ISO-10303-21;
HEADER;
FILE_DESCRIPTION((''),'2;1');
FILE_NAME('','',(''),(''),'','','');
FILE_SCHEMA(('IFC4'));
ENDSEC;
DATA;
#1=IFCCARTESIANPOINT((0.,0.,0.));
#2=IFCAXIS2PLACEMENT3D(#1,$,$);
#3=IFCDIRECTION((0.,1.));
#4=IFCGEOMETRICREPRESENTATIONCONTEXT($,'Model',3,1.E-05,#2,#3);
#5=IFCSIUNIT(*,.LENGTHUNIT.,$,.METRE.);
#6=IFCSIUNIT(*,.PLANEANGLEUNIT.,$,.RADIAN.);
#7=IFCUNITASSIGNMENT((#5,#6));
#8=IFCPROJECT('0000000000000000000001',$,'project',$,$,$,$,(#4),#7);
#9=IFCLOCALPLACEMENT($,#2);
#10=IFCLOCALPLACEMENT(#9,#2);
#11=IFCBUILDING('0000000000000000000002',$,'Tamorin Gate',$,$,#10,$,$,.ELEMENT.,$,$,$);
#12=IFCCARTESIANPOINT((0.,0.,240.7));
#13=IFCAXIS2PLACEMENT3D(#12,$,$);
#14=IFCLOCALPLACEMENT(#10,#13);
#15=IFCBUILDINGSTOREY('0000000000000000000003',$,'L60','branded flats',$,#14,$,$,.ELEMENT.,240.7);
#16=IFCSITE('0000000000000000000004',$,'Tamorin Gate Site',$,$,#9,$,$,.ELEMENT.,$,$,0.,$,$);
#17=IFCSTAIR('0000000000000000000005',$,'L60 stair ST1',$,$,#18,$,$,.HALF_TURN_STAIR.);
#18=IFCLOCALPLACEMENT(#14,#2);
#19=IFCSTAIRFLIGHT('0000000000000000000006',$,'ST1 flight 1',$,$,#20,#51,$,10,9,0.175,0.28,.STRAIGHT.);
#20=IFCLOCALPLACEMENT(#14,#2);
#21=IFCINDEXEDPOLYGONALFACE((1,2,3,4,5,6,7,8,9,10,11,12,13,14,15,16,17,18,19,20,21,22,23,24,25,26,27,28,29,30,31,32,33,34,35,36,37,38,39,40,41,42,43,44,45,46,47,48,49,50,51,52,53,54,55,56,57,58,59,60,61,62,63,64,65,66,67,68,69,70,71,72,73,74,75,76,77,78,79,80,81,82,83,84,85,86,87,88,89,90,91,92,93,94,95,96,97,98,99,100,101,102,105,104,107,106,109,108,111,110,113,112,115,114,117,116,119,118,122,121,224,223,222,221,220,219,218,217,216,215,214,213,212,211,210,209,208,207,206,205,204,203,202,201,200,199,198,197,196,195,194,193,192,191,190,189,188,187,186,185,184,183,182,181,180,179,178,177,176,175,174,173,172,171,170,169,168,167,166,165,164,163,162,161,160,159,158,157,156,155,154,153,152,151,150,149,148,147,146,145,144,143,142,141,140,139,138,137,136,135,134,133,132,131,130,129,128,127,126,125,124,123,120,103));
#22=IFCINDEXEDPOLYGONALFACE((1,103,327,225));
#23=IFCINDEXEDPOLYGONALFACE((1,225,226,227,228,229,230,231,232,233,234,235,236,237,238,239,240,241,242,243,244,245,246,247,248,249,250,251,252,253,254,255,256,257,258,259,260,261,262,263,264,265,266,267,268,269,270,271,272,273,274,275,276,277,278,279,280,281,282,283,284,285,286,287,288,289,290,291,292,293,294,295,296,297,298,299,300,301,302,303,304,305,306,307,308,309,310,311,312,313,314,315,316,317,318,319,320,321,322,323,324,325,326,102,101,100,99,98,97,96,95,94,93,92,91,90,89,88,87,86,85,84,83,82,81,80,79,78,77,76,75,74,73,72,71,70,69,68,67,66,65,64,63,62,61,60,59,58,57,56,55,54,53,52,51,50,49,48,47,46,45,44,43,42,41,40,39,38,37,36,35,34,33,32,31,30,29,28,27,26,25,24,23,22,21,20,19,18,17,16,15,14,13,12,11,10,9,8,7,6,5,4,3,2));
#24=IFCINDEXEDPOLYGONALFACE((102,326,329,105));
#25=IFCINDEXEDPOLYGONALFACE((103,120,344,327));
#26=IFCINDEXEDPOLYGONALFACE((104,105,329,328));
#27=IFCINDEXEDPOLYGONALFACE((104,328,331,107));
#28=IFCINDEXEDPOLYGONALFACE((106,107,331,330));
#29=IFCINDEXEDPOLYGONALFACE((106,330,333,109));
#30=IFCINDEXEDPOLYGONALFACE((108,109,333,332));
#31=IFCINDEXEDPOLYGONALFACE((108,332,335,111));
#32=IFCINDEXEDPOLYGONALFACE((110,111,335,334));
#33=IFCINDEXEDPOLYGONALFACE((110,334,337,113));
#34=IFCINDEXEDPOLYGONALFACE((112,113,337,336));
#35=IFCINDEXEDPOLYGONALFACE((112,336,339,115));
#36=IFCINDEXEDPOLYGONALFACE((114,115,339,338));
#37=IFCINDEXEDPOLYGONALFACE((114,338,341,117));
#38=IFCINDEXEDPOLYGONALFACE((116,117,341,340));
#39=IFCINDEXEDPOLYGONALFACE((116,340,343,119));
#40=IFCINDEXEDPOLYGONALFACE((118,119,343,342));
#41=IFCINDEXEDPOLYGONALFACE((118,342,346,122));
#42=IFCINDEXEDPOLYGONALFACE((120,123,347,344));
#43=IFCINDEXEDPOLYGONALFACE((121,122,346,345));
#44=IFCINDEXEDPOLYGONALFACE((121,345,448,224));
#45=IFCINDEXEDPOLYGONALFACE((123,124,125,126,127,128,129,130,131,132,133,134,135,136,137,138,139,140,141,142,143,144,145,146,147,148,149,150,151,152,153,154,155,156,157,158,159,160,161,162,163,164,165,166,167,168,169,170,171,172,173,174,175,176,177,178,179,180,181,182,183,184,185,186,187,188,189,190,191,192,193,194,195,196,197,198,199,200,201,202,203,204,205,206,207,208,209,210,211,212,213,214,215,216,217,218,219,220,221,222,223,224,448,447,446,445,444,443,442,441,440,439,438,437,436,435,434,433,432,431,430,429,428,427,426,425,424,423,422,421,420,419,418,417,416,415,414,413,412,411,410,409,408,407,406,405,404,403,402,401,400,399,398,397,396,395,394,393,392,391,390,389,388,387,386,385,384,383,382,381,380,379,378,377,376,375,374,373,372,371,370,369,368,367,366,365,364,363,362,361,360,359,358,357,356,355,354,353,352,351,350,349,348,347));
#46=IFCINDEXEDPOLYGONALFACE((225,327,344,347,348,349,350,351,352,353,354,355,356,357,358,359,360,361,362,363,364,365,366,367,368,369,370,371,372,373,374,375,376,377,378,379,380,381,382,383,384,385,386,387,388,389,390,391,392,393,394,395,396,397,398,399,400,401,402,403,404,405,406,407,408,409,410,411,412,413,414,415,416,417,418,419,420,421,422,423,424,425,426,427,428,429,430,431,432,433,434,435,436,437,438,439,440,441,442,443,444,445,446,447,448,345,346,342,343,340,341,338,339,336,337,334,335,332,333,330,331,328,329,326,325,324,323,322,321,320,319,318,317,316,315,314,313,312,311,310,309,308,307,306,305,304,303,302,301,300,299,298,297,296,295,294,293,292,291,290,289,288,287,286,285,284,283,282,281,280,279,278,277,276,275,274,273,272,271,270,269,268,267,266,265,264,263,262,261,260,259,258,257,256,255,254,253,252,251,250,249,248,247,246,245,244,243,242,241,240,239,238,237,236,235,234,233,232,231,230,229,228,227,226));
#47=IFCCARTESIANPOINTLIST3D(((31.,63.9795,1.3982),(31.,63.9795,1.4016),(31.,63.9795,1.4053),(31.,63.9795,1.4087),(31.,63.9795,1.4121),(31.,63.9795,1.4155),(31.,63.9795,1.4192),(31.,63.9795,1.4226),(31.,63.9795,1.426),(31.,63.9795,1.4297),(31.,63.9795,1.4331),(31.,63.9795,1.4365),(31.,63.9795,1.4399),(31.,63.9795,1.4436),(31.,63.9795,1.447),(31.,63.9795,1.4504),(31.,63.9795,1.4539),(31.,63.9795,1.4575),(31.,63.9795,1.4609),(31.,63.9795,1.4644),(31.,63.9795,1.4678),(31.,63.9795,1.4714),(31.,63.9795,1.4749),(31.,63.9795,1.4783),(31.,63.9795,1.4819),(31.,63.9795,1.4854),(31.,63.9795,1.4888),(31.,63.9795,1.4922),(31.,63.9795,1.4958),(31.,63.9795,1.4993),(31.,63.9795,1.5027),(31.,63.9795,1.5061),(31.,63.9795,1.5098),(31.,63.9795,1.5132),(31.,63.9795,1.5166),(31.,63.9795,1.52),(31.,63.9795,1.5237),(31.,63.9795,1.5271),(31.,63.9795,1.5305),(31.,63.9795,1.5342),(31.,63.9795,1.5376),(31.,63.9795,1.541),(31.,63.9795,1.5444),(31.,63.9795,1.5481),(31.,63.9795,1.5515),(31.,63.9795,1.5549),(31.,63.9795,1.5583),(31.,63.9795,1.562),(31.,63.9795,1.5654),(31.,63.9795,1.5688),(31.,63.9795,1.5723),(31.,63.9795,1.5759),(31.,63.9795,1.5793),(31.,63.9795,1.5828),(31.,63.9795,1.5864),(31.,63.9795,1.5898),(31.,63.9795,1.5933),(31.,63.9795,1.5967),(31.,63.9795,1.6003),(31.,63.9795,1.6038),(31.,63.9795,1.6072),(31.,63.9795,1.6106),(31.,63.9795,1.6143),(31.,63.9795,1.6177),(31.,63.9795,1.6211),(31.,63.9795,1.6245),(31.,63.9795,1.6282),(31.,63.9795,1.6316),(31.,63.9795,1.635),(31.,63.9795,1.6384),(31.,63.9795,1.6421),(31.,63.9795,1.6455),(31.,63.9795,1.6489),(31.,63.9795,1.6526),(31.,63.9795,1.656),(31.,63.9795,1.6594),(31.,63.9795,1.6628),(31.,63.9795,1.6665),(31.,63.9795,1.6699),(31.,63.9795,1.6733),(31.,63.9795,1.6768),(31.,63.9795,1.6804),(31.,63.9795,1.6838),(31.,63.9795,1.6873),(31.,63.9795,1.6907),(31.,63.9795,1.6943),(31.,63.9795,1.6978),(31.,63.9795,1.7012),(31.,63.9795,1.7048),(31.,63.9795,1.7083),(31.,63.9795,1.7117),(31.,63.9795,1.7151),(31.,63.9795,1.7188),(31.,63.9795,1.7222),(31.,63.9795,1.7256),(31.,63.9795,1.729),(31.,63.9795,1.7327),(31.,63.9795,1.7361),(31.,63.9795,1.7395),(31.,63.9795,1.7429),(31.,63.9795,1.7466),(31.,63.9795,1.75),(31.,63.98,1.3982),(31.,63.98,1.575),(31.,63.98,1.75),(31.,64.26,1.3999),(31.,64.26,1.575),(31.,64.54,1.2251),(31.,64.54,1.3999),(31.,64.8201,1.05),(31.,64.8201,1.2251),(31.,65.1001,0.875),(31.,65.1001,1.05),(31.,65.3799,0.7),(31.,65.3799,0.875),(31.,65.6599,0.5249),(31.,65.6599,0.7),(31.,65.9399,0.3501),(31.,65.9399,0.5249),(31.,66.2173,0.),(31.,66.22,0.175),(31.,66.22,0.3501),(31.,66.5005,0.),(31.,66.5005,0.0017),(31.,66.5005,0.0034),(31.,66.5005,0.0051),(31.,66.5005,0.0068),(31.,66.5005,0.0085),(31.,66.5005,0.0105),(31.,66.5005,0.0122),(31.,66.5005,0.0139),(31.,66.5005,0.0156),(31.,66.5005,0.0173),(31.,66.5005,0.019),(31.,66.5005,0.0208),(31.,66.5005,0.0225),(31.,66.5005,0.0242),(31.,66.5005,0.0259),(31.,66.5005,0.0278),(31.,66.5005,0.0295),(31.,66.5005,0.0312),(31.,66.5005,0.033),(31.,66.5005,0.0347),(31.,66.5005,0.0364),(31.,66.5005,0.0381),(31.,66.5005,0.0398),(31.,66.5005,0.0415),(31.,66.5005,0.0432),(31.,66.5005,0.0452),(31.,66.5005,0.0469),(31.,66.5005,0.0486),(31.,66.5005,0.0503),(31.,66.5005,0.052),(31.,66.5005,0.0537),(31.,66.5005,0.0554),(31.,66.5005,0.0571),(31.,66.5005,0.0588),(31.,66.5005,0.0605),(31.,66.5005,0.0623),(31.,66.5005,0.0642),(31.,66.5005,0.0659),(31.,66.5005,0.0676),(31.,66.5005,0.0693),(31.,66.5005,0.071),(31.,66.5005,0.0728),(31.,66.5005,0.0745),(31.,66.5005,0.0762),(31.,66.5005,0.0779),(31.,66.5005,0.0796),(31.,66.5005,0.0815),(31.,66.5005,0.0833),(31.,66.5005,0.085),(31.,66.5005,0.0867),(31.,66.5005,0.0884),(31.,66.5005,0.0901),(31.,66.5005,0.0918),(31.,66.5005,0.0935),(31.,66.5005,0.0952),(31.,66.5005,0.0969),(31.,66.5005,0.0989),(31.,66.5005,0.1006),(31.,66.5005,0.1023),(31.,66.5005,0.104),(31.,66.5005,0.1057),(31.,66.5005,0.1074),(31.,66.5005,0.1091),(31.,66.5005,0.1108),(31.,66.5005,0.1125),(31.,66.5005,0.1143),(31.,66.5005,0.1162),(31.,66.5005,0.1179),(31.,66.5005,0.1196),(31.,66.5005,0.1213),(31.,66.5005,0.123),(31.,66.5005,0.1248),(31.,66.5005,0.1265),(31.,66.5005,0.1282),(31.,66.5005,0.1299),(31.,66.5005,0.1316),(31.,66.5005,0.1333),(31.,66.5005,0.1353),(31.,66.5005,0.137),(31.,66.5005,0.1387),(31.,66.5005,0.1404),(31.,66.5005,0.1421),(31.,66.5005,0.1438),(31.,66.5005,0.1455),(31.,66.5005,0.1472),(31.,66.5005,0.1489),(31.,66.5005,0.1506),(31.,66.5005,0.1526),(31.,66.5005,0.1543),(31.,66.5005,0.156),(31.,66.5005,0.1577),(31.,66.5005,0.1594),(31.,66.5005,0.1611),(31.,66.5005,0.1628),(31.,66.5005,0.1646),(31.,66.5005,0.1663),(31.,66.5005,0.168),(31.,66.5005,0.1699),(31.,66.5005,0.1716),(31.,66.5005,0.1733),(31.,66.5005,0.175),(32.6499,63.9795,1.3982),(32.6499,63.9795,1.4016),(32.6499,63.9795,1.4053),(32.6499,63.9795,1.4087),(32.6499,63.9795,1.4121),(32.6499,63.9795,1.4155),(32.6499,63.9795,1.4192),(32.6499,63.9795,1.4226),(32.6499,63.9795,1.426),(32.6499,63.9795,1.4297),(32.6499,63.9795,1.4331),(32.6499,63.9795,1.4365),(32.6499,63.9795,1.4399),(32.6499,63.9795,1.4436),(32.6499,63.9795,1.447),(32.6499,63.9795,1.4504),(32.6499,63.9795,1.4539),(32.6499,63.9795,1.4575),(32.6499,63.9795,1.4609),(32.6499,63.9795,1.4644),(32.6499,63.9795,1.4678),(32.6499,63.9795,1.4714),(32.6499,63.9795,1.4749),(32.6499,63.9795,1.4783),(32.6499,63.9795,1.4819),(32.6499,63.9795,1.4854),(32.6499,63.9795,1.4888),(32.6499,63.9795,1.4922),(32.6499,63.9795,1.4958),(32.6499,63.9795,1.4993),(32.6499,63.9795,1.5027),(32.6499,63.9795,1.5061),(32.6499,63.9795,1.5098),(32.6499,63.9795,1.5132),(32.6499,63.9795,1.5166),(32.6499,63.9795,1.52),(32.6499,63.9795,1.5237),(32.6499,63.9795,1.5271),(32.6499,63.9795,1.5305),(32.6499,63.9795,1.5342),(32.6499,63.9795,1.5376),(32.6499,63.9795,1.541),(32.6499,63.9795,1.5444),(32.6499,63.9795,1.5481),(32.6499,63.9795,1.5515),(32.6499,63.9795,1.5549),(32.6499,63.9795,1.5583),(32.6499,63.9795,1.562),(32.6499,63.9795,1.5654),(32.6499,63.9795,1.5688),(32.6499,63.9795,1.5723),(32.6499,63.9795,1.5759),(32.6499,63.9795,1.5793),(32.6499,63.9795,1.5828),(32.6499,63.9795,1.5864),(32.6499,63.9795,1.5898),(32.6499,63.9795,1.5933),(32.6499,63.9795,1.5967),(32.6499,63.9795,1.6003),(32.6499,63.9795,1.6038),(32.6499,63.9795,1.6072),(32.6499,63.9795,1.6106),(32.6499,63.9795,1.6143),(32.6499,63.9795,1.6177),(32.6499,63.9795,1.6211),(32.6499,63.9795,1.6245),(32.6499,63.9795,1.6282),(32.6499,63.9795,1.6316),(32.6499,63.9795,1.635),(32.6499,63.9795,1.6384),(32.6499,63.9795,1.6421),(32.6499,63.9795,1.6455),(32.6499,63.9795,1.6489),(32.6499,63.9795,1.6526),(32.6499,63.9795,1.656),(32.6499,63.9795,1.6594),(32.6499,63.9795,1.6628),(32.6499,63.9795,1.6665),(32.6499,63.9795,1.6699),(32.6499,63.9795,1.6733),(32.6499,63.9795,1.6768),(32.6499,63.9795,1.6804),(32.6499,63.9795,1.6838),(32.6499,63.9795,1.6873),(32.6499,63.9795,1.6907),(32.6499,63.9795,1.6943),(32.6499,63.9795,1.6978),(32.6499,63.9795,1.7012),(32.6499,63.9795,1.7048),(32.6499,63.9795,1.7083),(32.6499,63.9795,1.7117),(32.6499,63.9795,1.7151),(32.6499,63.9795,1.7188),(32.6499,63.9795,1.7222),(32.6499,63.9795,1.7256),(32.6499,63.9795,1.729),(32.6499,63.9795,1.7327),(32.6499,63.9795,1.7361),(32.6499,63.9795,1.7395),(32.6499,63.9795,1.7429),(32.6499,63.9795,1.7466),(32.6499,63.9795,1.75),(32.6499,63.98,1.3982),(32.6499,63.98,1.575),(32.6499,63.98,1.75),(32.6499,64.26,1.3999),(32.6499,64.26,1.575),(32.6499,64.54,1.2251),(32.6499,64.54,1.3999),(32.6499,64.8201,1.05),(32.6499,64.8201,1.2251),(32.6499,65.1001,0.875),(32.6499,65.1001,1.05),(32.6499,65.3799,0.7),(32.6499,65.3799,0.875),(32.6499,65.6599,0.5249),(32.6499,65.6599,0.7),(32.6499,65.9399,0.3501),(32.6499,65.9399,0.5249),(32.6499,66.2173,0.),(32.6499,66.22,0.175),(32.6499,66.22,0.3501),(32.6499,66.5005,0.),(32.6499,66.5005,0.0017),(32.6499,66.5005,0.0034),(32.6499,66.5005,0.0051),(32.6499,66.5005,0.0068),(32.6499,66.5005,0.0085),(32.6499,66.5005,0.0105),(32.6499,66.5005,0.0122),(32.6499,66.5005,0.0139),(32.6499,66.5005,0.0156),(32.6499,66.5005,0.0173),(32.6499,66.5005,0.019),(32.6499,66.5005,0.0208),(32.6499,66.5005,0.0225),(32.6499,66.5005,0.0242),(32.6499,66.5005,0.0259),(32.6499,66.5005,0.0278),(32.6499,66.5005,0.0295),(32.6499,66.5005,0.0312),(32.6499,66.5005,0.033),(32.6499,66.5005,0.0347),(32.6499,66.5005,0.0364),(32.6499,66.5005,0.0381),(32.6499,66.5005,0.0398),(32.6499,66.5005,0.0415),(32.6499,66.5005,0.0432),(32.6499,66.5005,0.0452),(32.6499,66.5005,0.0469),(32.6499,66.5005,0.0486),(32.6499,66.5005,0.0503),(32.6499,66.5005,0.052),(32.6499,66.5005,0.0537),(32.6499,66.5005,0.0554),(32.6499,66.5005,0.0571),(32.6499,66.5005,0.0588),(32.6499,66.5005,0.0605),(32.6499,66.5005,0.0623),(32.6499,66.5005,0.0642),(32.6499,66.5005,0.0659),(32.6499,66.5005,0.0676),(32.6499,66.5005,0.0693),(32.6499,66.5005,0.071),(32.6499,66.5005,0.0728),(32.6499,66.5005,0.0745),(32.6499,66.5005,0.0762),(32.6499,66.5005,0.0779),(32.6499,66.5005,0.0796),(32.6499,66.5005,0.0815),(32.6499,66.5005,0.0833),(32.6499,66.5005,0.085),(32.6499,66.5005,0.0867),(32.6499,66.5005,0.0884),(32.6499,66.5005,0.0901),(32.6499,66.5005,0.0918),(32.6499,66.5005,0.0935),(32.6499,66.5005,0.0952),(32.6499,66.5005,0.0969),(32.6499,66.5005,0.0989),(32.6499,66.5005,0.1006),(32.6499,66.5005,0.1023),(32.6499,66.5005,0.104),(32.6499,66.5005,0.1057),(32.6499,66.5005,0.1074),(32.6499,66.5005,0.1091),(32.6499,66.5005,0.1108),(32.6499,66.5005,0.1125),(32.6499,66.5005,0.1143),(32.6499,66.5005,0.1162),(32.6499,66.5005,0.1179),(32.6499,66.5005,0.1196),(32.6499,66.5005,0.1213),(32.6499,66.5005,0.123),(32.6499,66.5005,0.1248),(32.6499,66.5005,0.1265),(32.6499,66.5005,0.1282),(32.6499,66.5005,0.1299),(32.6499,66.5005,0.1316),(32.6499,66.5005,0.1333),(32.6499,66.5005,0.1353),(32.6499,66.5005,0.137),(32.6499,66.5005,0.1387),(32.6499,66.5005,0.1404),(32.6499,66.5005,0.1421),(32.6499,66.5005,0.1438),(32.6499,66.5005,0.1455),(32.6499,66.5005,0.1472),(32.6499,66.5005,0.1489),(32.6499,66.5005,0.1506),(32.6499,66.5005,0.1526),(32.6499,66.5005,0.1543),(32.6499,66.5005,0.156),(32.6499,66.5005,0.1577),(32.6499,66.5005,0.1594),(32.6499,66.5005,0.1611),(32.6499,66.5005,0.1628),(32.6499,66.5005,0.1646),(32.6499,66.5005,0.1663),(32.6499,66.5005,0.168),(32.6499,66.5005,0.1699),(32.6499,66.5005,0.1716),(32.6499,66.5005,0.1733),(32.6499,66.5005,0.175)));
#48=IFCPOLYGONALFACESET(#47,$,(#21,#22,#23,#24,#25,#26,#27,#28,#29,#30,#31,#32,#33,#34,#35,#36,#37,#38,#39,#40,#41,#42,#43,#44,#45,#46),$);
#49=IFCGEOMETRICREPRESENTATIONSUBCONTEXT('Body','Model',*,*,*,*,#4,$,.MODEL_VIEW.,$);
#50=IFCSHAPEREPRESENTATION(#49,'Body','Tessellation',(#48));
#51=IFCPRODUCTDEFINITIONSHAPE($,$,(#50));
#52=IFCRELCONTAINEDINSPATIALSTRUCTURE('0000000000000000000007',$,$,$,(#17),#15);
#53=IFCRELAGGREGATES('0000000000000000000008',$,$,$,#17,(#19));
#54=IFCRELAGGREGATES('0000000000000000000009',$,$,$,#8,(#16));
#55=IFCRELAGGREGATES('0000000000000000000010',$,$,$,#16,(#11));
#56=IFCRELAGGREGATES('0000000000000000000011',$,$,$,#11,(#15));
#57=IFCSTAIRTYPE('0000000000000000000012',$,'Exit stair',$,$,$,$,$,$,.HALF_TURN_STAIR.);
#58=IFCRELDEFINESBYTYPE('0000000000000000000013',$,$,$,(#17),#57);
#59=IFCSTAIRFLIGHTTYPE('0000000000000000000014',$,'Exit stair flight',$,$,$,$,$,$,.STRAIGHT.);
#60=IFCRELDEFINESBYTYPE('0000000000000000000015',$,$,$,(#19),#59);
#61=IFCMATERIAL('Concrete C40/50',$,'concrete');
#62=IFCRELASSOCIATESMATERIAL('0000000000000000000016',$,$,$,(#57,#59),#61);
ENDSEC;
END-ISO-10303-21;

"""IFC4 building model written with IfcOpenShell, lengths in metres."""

from ifc_helpers import new_model, si_unit, direction, frame, origin, place, context, subcontext, project, spatial, polyline, outline, extrude, material, type_object, element, aggregate, save


model = new_model("IFC4")

# Units and contexts
model_context = context("Model", 3, precision=1e-05, world=origin(), true_north=direction((0.0, 1.0)))
body_context = subcontext(model_context, "Body", "Model", "MODEL_VIEW")
ifc_project = project(units=[si_unit("LENGTHUNIT", "METRE"), si_unit("PLANEANGLEUNIT", "RADIAN")], contexts=[model_context])

# Site, building, storey
site_placement = place(None, origin())
site = spatial("IfcSite", under=ifc_project, at=site_placement, Name="Tamorin Gate Site", CompositionType="ELEMENT", RefElevation=0.0)
building_placement = place(site_placement, origin())
building = spatial("IfcBuilding", under=site, at=building_placement, Name="Tamorin Gate", CompositionType="ELEMENT")
storey_placement = place(building_placement, frame((0.0, 0.0, 240.7)))
storey = spatial("IfcBuildingStorey", under=building, at=storey_placement, Name="L60", Description="branded flats", CompositionType="ELEMENT", Elevation=240.7)

# Shared definitions
ifc_material_1 = material(Name="Concrete C40/50", Category="concrete")

# Stair, stair flight
stair_type = type_object("IfcStairType", Name="Exit stair", PredefinedType="HALF_TURN_STAIR", material=ifc_material_1)
stair_1_placement = place(storey_placement, origin())
stair_1 = element("IfcStair", 1, at=stair_1_placement, inside=storey, type_object=stair_type, Name="L60 stair ST1", PredefinedType="HALF_TURN_STAIR")
stair_flight_type = type_object("IfcStairFlightType", Name="Exit stair flight", PredefinedType="STRAIGHT", material=ifc_material_1)
stair_flight_1_placement = place(storey_placement, frame((31.825, 66.5, 0.0), z_axis=(0.0, 0.0, 1.0), x_axis=(0.0, -1.0, 0.0)))
stair_flight_1 = element("IfcStairFlight", 2, at=stair_flight_1_placement, type_object=stair_flight_type, Name="ST1 flight 1", NumberOfRisers=10, NumberOfTreads=9, PredefinedType="STRAIGHT", RiserHeight=0.175, TreadLength=0.28, context=body_context, shape_type="SweptSolid", body=[
    extrude(outline(polyline([(-0.0005, 0.0), (-0.0005, 0.0017), (-0.0005, 0.0034), (-0.0005, 0.0051), (-0.0005, 0.0068), (-0.0005, 0.0085), (-0.0005, 0.0105), (-0.0005, 0.0122), (-0.0005, 0.0139), (-0.0005, 0.0156), (-0.0005, 0.0173), (-0.0005, 0.019), (-0.0005, 0.0208), (-0.0005, 0.0225), (-0.0005, 0.0242), (-0.0005, 0.0259), (-0.0005, 0.0278), (-0.0005, 0.0295), (-0.0005, 0.0312), (-0.0005, 0.033), (-0.0005, 0.0347), (-0.0005, 0.0364), (-0.0005, 0.0381), (-0.0005, 0.0398), (-0.0005, 0.0415), (-0.0005, 0.0432), (-0.0005, 0.0452), (-0.0005, 0.0469), (-0.0005, 0.0486), (-0.0005, 0.0503), (-0.0005, 0.052), (-0.0005, 0.0537), (-0.0005, 0.0554), (-0.0005, 0.0571), (-0.0005, 0.0588), (-0.0005, 0.0605), (-0.0005, 0.0623), (-0.0005, 0.0642), (-0.0005, 0.0659), (-0.0005, 0.0676), (-0.0005, 0.0693), (-0.0005, 0.071), (-0.0005, 0.0728), (-0.0005, 0.0745), (-0.0005, 0.0762), (-0.0005, 0.0779), (-0.0005, 0.0796), (-0.0005, 0.0815), (-0.0005, 0.0833), (-0.0005, 0.085), (-0.0005, 0.0867), (-0.0005, 0.0884), (-0.0005, 0.0901), (-0.0005, 0.0918), (-0.0005, 0.0935), (-0.0005, 0.0952), (-0.0005, 0.0969), (-0.0005, 0.0989), (-0.0005, 0.1006), (-0.0005, 0.1023), (-0.0005, 0.104), (-0.0005, 0.1057), (-0.0005, 0.1074), (-0.0005, 0.1091), (-0.0005, 0.1108), (-0.0005, 0.1125), (-0.0005, 0.1143), (-0.0005, 0.1162), (-0.0005, 0.1179), (-0.0005, 0.1196), (-0.0005, 0.1213), (-0.0005, 0.123), (-0.0005, 0.1248), (-0.0005, 0.1265), (-0.0005, 0.1282), (-0.0005, 0.1299), (-0.0005, 0.1316), (-0.0005, 0.1333), (-0.0005, 0.1353), (-0.0005, 0.137), (-0.0005, 0.1387), (-0.0005, 0.1404), (-0.0005, 0.1421), (-0.0005, 0.1438), (-0.0005, 0.1455), (-0.0005, 0.1472), (-0.0005, 0.1489), (-0.0005, 0.1506), (-0.0005, 0.1526), (-0.0005, 0.1543), (-0.0005, 0.156), (-0.0005, 0.1577), (-0.0005, 0.1594), (-0.0005, 0.1611), (-0.0005, 0.1628), (-0.0005, 0.1646), (-0.0005, 0.1663), (-0.0005, 0.168), (-0.0005, 0.1699), (-0.0005, 0.1716), (-0.0005, 0.1733), (-0.0005, 0.175), (0.28, 0.175), (0.28, 0.3501), (0.5601, 0.3501), (0.5601, 0.5249), (0.8401, 0.5249), (0.8401, 0.7), (1.1201, 0.7), (1.1201, 0.875), (1.3999, 0.875), (1.3999, 1.05), (1.6799, 1.05), (1.6799, 1.2251), (1.96, 1.2251), (1.96, 1.3999), (2.24, 1.3999), (2.24, 1.575), (2.52, 1.575), (2.52, 1.75), (2.5205, 1.75), (2.5205, 1.7466), (2.5205, 1.7429), (2.5205, 1.7395), (2.5205, 1.7361), (2.5205, 1.7327), (2.5205, 1.729), (2.5205, 1.7256), (2.5205, 1.7222), (2.5205, 1.7188), (2.5205, 1.7151), (2.5205, 1.7117), (2.5205, 1.7083), (2.5205, 1.7048), (2.5205, 1.7012), (2.5205, 1.6978), (2.5205, 1.6943), (2.5205, 1.6907), (2.5205, 1.6873), (2.5205, 1.6838), (2.5205, 1.6804), (2.5205, 1.6768), (2.5205, 1.6733), (2.5205, 1.6699), (2.5205, 1.6665), (2.5205, 1.6628), (2.5205, 1.6594), (2.5205, 1.656), (2.5205, 1.6526), (2.5205, 1.6489), (2.5205, 1.6455), (2.5205, 1.6421), (2.5205, 1.6384), (2.5205, 1.635), (2.5205, 1.6316), (2.5205, 1.6282), (2.5205, 1.6245), (2.5205, 1.6211), (2.5205, 1.6177), (2.5205, 1.6143), (2.5205, 1.6106), (2.5205, 1.6072), (2.5205, 1.6038), (2.5205, 1.6003), (2.5205, 1.5967), (2.5205, 1.5933), (2.5205, 1.5898), (2.5205, 1.5864), (2.5205, 1.5828), (2.5205, 1.5793), (2.5205, 1.5759), (2.5205, 1.5723), (2.5205, 1.5688), (2.5205, 1.5654), (2.5205, 1.562), (2.5205, 1.5583), (2.5205, 1.5549), (2.5205, 1.5515), (2.5205, 1.5481), (2.5205, 1.5444), (2.5205, 1.541), (2.5205, 1.5376), (2.5205, 1.5342), (2.5205, 1.5305), (2.5205, 1.5271), (2.5205, 1.5237), (2.5205, 1.52), (2.5205, 1.5166), (2.5205, 1.5132), (2.5205, 1.5098), (2.5205, 1.5061), (2.5205, 1.5027), (2.5205, 1.4993), (2.5205, 1.4958), (2.5205, 1.4922), (2.5205, 1.4888), (2.5205, 1.4854), (2.5205, 1.4819), (2.5205, 1.4783), (2.5205, 1.4749), (2.5205, 1.4714), (2.5205, 1.4678), (2.5205, 1.4644), (2.5205, 1.4609), (2.5205, 1.4575), (2.5205, 1.4539), (2.5205, 1.4504), (2.5205, 1.447), (2.5205, 1.4436), (2.5205, 1.4399), (2.5205, 1.4365), (2.5205, 1.4331), (2.5205, 1.4297), (2.5205, 1.426), (2.5205, 1.4226), (2.5205, 1.4192), (2.5205, 1.4155), (2.5205, 1.4121), (2.5205, 1.4087), (2.5205, 1.4053), (2.5205, 1.4016), (2.5205, 1.3982), (2.52, 1.3982), (0.2827, 0.0), (-0.0005, 0.0)])), frame((0.0, 0.825, 0.0), z_axis=(0.0, -1.0, 0.0), x_axis=(1.0, 0.0, 0.0)), (0.0, 0.0, 1.0), 1.6499),
])
aggregate(stair_1, [stair_flight_1])

save(model, "model.ifc")
